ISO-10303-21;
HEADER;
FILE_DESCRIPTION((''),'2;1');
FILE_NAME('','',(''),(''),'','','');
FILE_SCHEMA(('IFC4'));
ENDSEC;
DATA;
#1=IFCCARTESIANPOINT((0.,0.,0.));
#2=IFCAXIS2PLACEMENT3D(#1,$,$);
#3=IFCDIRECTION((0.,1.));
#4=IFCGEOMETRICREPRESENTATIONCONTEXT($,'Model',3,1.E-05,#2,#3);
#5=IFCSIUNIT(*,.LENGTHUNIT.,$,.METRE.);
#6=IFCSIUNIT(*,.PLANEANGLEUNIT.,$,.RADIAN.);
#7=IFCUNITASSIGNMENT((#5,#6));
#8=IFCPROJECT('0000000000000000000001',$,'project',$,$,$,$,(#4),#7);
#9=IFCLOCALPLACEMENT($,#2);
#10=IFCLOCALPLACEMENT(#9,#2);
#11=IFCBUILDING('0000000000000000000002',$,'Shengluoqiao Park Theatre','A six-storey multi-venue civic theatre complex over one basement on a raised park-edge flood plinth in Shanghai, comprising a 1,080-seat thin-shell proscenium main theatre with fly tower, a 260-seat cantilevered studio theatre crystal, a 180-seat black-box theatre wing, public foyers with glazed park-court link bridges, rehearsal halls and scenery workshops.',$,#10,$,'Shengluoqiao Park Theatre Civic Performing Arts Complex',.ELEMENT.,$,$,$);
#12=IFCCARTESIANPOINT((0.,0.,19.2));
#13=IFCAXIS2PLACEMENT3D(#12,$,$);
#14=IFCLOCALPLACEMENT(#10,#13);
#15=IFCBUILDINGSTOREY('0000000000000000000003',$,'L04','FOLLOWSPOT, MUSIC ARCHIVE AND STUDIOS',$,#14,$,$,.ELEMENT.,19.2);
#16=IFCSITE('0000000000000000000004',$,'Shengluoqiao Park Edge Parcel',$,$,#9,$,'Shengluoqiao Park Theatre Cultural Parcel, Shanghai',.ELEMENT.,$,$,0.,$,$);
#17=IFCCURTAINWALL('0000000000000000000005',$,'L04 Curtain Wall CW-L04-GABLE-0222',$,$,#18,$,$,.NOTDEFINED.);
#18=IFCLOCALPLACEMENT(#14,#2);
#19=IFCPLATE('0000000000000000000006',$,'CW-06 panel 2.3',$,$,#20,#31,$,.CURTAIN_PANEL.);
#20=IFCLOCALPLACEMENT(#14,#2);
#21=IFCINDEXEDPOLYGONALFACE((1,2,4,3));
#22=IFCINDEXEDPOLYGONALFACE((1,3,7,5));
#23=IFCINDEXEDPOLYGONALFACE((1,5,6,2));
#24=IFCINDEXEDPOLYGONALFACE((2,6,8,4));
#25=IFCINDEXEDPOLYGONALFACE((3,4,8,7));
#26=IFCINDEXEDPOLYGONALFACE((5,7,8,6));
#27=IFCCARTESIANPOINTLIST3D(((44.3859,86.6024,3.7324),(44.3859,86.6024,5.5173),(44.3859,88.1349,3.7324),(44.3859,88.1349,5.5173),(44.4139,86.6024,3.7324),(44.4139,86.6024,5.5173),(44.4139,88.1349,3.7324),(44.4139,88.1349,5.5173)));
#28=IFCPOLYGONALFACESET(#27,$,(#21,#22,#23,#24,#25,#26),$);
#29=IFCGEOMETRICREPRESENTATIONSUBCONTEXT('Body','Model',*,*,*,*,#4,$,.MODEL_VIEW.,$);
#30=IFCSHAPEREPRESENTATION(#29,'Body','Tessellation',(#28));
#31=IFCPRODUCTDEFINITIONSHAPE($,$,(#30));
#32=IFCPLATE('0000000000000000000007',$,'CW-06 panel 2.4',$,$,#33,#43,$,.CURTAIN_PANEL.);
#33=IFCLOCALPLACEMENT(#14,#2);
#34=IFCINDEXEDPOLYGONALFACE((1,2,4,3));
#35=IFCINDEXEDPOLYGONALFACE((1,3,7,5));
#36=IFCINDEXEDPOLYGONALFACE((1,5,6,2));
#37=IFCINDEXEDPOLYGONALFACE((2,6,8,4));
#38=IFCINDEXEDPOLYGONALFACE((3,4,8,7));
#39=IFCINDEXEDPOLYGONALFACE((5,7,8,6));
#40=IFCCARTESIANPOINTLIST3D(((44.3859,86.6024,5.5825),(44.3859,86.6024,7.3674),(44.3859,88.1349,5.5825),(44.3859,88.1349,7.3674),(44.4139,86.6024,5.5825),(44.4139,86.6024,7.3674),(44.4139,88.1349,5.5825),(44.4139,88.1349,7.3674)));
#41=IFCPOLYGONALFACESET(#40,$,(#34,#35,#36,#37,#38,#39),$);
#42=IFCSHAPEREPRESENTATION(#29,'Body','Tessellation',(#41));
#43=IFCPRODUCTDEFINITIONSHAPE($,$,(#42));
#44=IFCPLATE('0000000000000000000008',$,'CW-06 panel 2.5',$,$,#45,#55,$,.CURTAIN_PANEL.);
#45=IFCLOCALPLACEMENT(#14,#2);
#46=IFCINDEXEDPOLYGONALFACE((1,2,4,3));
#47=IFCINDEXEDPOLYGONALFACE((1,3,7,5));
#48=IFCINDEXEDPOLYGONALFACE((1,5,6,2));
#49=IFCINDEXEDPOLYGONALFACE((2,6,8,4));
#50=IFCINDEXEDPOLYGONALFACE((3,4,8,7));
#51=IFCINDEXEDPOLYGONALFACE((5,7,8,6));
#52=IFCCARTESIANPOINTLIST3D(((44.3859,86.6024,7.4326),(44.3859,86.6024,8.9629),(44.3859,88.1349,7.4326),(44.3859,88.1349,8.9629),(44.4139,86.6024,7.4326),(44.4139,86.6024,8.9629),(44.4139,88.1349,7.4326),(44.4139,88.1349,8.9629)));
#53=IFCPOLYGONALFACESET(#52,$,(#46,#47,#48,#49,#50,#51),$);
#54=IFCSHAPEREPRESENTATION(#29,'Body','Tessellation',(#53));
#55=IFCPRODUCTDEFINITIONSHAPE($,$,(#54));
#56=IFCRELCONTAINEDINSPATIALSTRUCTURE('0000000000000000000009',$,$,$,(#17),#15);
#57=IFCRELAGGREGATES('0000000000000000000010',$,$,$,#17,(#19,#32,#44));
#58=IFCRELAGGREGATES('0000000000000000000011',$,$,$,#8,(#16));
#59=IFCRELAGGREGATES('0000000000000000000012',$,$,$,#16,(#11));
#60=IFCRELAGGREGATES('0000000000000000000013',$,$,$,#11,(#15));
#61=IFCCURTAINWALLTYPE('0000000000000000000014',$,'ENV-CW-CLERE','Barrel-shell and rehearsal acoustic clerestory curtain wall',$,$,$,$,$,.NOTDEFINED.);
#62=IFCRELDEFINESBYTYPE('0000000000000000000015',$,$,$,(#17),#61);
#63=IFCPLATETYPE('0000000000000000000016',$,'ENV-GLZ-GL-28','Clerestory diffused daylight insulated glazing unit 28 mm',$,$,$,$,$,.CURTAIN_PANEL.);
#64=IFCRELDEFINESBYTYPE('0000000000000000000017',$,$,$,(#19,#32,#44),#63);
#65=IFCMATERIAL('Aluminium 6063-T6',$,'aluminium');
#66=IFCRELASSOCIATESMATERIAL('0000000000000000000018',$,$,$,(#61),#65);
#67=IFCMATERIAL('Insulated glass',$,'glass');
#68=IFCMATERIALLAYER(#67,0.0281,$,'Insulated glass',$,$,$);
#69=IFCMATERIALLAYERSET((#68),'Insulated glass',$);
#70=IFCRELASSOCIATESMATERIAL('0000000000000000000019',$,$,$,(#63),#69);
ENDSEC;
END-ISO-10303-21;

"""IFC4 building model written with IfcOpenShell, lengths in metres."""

from ifc_helpers import new_model, si_unit, direction, frame, origin, origin_2d, place, context, subcontext, project, spatial, rectangle, extrude, material, layer, layer_set, type_object, element, aggregate, save


model = new_model("IFC4")

# Units and contexts
model_context = context("Model", 3, precision=1e-05, world=origin(), true_north=direction((0.0, 1.0)))
body_context = subcontext(model_context, "Body", "Model", "MODEL_VIEW")
ifc_project = project(units=[si_unit("LENGTHUNIT", "METRE"), si_unit("PLANEANGLEUNIT", "RADIAN")], contexts=[model_context])

# Site, building, storey
site_placement = place(None, origin())
site = spatial("IfcSite", under=ifc_project, at=site_placement, Name="Shengluoqiao Park Edge Parcel", LongName="Shengluoqiao Park Theatre Cultural Parcel, Shanghai", CompositionType="ELEMENT", RefElevation=0.0)
building_placement = place(site_placement, origin())
building = spatial("IfcBuilding", under=site, at=building_placement, Name="Shengluoqiao Park Theatre", Description="A six-storey multi-venue civic theatre complex over one basement on a raised park-edge flood plinth in Shanghai, comprising a 1,080-seat thin-shell proscenium main theatre with fly tower, a 260-seat cantilevered studio theatre crystal, a 180-seat black-box theatre wing, public foyers with glazed park-court link bridges, rehearsal halls and scenery workshops.", LongName="Shengluoqiao Park Theatre Civic Performing Arts Complex", CompositionType="ELEMENT")
storey_placement = place(building_placement, frame((0.0, 0.0, 19.2)))
storey = spatial("IfcBuildingStorey", under=building, at=storey_placement, Name="L04", Description="FOLLOWSPOT, MUSIC ARCHIVE AND STUDIOS", CompositionType="ELEMENT", Elevation=19.2)

# Shared definitions
ifc_material_1 = material(Name="Aluminium 6063-T6", Category="aluminium")
curtain_wall_type = type_object("IfcCurtainWallType", Name="ENV-CW-CLERE", Description="Barrel-shell and rehearsal acoustic clerestory curtain wall", PredefinedType="NOTDEFINED", material=ifc_material_1)

# Curtain wall
curtain_wall_1_placement = place(storey_placement, origin())
curtain_wall_1 = element("IfcCurtainWall", 1, at=curtain_wall_1_placement, inside=storey, type_object=curtain_wall_type, Name="L04 Curtain Wall CW-L04-GABLE-0222", PredefinedType="NOTDEFINED")

# Plates
ifc_material_2 = material(Name="Insulated glass", Category="glass")
ifc_layer = layer(ifc_material_2, 0.0281, Name="Insulated glass")
ifc_layer_set = layer_set([ifc_layer], Name="Insulated glass")
plate_type = type_object("IfcPlateType", Name="ENV-GLZ-GL-28", Description="Clerestory diffused daylight insulated glazing unit 28 mm", PredefinedType="CURTAIN_PANEL", material=ifc_layer_set)
plate_1_placement = place(storey_placement, frame((44.3999, 87.3687, 3.7324), z_axis=(0.0, 0.0, 1.0), x_axis=(0.0, 1.0, 0.0)))
plate_1 = element("IfcPlate", 2, at=plate_1_placement, type_object=plate_type, Name="CW-06 panel 2.3", PredefinedType="CURTAIN_PANEL", context=body_context, shape_type="SweptSolid", body=[
    extrude(rectangle(XDim=1.5325, YDim=0.0281, at=origin_2d()), origin(), (0.0, 0.0, 1.0), 1.7849),
])
plate_2_placement = place(storey_placement, frame((44.3999, 87.3687, 5.5825), z_axis=(0.0, 0.0, 1.0), x_axis=(0.0, 1.0, 0.0)))
plate_2 = element("IfcPlate", 3, at=plate_2_placement, type_object=plate_type, Name="CW-06 panel 2.4", PredefinedType="CURTAIN_PANEL", context=body_context, shape_type="SweptSolid", body=[
    extrude(rectangle(XDim=1.5325, YDim=0.0281, at=origin_2d()), origin(), (0.0, 0.0, 1.0), 1.7849),
])
plate_3_placement = place(storey_placement, frame((44.3999, 87.3687, 7.4326), z_axis=(0.0, 0.0, 1.0), x_axis=(0.0, 1.0, 0.0)))
plate_3 = element("IfcPlate", 4, at=plate_3_placement, type_object=plate_type, Name="CW-06 panel 2.5", PredefinedType="CURTAIN_PANEL", context=body_context, shape_type="SweptSolid", body=[
    extrude(rectangle(XDim=1.5325, YDim=0.0281, at=origin_2d()), origin(), (0.0, 0.0, 1.0), 1.5303),
])
aggregate(curtain_wall_1, [plate_1, plate_2, plate_3])

save(model, "model.ifc")
